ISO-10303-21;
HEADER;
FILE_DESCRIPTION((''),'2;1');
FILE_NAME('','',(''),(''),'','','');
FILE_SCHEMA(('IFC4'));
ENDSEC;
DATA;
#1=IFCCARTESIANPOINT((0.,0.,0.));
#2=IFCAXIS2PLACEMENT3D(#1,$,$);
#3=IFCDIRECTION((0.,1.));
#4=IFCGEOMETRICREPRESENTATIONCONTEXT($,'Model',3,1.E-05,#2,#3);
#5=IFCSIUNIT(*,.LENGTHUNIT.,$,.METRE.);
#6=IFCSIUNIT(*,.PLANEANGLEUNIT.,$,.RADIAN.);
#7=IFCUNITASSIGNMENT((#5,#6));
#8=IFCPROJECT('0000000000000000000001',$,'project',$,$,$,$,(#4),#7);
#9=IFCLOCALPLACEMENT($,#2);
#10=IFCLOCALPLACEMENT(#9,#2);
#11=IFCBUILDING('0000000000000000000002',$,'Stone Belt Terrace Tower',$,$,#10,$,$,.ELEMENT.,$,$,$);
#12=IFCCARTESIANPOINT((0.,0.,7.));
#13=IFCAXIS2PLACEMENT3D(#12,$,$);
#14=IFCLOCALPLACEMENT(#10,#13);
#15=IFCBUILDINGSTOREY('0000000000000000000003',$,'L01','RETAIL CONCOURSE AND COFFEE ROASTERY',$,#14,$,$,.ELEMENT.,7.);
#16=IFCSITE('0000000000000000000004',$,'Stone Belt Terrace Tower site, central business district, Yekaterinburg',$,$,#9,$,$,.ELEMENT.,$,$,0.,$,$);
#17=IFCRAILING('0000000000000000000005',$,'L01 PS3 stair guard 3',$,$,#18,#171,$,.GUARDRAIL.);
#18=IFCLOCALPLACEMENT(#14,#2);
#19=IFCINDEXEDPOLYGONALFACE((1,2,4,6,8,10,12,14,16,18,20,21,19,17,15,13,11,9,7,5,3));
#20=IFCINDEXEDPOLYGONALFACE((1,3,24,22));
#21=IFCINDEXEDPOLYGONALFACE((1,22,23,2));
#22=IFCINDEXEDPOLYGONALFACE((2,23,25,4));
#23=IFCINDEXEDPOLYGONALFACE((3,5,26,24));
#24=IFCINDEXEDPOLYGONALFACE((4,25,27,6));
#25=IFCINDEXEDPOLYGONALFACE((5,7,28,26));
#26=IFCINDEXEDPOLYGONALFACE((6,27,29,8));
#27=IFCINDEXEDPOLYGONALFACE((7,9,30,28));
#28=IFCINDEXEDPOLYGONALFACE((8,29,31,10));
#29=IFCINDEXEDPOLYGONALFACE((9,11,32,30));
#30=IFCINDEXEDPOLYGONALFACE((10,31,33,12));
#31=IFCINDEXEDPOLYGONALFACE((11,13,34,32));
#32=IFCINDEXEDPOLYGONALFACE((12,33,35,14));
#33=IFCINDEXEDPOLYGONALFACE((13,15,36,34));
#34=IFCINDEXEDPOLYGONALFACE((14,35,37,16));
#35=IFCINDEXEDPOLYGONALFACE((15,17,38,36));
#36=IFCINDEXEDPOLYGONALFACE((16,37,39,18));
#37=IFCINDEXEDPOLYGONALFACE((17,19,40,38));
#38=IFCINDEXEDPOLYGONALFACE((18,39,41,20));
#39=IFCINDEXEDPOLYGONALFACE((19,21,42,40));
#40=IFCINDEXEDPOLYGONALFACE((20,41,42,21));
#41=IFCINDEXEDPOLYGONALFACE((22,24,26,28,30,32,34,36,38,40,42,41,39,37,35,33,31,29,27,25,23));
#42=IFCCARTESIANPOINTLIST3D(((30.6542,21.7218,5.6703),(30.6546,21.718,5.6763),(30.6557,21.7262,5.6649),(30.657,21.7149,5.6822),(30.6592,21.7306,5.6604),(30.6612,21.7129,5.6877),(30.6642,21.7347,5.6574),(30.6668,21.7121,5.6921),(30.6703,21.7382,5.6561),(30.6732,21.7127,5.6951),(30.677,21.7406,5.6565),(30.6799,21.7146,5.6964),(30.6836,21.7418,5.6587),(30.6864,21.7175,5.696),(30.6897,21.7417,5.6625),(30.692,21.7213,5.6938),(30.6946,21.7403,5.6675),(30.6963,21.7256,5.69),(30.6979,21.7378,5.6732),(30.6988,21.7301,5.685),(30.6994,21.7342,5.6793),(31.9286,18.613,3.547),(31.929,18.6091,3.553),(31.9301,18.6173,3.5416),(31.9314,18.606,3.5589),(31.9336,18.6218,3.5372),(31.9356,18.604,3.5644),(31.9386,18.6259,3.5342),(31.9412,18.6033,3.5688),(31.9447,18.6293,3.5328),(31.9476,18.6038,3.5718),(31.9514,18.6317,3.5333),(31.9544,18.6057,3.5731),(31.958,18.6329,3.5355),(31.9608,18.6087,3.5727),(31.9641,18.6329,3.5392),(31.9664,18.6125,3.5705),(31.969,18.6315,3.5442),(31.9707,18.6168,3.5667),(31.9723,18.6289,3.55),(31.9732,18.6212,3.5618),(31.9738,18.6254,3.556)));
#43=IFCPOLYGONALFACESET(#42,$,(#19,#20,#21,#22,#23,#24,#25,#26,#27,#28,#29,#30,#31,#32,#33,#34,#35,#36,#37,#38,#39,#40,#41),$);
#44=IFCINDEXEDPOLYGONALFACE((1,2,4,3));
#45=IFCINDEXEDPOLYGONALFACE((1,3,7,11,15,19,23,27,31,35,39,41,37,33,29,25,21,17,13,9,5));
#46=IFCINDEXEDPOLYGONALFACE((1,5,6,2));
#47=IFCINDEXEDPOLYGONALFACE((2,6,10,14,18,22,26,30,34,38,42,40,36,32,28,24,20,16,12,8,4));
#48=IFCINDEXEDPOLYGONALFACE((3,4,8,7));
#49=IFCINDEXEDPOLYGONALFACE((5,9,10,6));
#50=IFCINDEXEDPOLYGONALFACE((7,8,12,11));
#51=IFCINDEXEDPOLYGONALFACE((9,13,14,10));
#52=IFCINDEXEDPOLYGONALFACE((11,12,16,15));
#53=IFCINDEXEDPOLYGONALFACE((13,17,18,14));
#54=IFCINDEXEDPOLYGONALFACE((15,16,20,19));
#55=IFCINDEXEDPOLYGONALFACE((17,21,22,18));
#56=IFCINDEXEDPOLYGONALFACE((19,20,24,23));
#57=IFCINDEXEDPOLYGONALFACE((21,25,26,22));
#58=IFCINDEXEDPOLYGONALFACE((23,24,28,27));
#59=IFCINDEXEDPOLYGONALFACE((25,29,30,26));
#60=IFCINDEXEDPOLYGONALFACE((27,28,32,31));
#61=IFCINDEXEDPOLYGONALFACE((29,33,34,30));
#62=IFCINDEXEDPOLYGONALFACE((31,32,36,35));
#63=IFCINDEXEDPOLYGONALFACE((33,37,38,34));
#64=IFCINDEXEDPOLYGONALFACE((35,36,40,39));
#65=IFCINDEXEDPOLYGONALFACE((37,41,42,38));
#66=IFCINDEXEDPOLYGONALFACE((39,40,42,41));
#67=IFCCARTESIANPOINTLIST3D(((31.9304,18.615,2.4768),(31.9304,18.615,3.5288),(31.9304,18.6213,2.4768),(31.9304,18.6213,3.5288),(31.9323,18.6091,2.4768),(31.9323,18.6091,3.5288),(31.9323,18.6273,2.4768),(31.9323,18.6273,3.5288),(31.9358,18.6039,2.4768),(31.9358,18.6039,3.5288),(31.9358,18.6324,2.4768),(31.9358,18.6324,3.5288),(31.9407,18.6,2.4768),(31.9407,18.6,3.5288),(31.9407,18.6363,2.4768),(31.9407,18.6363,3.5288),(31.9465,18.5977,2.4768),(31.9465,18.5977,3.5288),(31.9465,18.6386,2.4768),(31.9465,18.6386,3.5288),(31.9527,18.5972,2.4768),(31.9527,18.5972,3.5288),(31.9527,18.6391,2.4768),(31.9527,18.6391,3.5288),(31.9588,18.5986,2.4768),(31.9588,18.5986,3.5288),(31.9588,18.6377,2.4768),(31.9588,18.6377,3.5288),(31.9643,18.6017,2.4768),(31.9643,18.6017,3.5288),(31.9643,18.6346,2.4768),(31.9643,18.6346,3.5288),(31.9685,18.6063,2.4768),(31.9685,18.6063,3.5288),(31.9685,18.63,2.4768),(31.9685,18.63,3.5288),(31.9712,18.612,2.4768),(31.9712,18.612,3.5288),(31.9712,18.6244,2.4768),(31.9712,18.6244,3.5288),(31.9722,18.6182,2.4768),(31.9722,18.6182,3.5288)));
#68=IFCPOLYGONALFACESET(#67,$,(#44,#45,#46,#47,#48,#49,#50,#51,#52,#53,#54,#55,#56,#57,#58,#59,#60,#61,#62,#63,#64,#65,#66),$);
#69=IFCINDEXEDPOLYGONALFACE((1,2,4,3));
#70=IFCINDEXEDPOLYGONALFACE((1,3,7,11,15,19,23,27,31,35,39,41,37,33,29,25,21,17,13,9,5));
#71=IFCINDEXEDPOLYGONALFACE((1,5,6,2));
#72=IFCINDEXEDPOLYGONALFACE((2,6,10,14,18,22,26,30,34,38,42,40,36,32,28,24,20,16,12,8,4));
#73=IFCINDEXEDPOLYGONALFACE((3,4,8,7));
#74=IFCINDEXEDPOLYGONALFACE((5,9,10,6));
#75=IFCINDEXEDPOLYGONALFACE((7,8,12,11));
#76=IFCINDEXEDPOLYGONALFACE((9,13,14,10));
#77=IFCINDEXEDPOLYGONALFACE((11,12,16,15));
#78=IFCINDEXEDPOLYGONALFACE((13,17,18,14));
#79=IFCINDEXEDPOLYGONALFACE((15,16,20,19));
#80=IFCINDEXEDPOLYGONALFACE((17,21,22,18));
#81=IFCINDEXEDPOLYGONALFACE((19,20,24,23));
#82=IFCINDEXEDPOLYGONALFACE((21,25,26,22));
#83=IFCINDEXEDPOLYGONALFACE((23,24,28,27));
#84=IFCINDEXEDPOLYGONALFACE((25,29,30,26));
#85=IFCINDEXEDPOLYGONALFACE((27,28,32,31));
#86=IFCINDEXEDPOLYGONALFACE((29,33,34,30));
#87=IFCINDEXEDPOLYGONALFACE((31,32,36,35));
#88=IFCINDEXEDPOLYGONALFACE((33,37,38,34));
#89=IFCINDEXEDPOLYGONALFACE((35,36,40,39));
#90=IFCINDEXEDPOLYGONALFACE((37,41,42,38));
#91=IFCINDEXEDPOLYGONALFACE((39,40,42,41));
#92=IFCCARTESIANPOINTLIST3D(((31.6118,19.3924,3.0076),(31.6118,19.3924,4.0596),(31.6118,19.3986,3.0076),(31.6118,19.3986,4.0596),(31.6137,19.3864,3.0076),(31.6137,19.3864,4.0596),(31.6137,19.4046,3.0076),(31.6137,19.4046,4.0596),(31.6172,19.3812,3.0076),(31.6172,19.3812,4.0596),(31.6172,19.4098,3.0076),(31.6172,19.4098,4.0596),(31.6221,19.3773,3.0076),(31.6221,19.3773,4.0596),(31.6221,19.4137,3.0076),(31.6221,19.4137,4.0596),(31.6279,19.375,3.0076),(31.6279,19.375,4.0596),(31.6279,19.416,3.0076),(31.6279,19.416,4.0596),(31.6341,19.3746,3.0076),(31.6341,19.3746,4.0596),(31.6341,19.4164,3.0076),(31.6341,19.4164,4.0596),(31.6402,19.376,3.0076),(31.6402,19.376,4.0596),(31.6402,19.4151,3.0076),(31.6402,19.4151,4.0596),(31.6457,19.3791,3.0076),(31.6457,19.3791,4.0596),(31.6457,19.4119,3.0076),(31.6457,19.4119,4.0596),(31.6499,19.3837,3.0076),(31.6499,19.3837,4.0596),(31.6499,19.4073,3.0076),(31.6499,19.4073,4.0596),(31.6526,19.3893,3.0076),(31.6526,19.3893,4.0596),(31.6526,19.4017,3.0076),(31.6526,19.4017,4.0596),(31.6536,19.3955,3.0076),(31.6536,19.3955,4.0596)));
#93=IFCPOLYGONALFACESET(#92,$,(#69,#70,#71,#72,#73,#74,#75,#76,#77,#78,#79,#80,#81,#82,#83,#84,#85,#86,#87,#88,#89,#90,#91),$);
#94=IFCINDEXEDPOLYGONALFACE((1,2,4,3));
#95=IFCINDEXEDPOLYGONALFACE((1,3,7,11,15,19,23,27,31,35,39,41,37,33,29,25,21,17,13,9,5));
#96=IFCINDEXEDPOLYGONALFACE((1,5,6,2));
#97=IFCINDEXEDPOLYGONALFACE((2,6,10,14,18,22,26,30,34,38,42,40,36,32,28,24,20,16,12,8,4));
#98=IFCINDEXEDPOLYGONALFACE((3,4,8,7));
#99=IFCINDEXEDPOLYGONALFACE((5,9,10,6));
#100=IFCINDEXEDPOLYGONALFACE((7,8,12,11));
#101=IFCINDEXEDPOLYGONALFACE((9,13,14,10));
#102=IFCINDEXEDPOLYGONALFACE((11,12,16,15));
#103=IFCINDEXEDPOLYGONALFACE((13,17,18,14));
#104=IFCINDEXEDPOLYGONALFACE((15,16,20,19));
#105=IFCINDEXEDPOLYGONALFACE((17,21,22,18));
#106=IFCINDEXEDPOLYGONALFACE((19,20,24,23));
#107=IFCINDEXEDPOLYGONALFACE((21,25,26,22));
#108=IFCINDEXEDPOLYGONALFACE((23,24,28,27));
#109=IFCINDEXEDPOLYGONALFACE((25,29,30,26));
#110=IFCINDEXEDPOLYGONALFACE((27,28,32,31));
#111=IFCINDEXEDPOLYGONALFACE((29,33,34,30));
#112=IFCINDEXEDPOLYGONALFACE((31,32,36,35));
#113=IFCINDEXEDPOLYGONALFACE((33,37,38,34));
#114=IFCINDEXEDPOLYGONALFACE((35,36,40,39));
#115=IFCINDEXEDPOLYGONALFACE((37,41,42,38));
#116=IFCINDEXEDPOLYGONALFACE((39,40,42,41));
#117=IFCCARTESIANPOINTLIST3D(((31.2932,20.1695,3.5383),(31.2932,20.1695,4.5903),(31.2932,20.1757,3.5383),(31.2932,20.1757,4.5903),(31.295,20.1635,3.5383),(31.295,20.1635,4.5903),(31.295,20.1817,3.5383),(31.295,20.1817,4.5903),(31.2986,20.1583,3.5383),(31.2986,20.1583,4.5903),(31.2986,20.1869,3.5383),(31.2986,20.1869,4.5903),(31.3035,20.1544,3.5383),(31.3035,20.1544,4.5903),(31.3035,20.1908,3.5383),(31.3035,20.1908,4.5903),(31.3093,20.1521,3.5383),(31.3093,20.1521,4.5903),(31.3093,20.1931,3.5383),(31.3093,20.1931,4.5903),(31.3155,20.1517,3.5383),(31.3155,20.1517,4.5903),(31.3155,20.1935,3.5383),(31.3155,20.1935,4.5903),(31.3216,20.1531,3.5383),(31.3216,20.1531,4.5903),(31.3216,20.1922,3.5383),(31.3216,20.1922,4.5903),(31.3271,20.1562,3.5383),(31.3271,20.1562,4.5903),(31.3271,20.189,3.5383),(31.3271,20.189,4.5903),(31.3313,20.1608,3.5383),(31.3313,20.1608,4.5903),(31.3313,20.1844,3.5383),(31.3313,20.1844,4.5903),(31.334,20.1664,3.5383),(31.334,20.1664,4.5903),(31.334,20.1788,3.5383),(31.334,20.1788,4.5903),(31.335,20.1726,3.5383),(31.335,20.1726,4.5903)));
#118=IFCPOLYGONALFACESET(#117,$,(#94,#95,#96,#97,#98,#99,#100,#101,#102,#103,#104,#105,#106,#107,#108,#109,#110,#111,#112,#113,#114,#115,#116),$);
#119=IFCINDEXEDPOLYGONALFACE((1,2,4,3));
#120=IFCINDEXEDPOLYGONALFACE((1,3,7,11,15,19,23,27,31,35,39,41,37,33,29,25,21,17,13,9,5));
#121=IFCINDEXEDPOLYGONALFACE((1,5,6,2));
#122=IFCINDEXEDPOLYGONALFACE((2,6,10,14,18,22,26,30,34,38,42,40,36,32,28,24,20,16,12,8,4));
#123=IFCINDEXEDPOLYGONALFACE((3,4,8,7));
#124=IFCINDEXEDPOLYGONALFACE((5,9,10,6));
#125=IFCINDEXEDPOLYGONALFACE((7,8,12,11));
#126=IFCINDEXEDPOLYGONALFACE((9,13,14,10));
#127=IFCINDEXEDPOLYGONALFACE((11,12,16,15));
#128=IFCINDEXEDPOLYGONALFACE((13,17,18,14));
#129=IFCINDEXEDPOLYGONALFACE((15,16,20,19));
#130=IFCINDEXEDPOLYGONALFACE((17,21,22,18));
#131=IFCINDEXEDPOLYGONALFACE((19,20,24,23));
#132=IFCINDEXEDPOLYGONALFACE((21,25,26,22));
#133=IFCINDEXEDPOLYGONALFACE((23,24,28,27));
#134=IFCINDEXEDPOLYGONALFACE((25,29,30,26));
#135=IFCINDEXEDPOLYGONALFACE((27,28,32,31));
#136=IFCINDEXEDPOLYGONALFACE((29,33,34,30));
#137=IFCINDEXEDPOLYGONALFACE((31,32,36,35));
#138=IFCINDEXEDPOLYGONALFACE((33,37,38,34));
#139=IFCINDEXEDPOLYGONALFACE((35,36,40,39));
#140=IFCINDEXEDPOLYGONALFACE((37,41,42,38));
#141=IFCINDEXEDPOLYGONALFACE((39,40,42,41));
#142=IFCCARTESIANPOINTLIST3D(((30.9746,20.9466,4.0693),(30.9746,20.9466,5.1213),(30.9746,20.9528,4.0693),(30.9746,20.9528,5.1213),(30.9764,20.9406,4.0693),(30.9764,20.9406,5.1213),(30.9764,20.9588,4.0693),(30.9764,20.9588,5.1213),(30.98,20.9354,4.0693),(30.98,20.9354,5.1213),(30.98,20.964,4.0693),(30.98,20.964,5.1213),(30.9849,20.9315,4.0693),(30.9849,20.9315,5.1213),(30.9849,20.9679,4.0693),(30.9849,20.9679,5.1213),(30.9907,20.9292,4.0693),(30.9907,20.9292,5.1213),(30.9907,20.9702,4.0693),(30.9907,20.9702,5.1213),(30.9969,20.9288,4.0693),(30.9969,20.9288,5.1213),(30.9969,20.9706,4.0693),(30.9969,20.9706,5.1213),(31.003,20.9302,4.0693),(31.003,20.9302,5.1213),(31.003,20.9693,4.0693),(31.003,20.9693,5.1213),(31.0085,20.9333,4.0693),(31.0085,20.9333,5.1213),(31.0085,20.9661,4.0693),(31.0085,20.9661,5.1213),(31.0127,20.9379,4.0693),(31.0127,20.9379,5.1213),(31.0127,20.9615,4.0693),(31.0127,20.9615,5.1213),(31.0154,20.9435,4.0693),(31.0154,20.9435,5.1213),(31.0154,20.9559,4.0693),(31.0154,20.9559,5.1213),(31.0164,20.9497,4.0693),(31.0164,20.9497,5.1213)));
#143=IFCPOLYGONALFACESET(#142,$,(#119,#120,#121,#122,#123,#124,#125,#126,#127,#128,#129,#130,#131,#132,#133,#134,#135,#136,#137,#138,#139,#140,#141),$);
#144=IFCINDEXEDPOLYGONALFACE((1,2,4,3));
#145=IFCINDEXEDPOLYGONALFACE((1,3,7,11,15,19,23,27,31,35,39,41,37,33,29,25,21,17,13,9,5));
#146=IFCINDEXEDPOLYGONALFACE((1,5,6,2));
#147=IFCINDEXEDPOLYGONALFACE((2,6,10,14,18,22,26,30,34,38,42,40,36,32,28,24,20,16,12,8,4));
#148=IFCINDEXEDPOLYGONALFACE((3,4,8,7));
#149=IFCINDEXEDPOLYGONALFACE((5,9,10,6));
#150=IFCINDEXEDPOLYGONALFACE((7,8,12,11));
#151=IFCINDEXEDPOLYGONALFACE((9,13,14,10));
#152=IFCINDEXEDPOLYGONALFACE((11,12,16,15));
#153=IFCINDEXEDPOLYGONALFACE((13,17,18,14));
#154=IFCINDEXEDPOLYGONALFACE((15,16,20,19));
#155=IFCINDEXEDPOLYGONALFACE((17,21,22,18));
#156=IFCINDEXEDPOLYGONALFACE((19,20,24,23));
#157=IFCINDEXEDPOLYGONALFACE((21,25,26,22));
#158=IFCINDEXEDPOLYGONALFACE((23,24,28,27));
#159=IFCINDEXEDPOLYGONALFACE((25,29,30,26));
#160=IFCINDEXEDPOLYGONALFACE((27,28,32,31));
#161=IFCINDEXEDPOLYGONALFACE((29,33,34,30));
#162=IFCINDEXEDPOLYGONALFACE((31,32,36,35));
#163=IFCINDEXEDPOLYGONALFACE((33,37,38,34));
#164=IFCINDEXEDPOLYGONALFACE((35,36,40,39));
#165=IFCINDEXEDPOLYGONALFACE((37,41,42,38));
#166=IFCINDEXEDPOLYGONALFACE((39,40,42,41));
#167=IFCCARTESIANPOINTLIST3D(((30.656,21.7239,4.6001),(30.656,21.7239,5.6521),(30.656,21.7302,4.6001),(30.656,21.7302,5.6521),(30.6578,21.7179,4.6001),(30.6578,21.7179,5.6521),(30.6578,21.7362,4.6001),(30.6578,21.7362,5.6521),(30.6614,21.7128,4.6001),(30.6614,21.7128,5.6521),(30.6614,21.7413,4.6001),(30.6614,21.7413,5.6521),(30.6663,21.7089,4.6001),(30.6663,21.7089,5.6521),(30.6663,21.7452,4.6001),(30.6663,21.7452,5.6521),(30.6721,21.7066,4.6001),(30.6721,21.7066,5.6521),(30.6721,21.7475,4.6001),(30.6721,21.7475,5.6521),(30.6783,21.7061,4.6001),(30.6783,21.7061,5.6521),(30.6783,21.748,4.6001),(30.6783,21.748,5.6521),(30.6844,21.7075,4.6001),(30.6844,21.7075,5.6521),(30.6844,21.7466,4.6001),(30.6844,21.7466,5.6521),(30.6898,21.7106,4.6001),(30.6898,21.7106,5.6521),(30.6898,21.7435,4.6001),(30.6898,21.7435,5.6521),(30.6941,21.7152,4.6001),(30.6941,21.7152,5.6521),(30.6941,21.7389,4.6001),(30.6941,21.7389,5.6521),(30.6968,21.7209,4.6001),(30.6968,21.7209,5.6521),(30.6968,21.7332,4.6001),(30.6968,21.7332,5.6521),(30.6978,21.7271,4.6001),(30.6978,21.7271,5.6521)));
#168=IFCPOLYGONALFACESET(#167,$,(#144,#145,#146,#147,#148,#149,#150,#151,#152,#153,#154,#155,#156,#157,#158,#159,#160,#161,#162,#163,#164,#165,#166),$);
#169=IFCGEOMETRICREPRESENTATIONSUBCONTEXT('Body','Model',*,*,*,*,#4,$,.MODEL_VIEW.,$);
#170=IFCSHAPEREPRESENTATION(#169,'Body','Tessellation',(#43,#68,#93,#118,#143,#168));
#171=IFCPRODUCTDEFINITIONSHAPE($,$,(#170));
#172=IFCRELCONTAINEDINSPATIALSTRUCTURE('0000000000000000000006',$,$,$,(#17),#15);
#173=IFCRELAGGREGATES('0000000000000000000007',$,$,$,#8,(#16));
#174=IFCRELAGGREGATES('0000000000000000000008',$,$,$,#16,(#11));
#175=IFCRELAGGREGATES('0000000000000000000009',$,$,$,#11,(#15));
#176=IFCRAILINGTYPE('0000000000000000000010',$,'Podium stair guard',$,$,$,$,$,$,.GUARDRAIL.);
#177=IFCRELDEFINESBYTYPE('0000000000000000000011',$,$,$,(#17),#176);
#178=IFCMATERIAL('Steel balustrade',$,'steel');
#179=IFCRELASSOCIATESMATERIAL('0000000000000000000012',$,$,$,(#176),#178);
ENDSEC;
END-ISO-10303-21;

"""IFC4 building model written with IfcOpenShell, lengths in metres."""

from ifc_helpers import new_model, si_unit, direction, frame, origin, origin_2d, place, context, subcontext, project, spatial, circle, extrude, material, type_object, element, save


model = new_model("IFC4")

# Units and contexts
model_context = context("Model", 3, precision=1e-05, world=origin(), true_north=direction((0.0, 1.0)))
body_context = subcontext(model_context, "Body", "Model", "MODEL_VIEW")
ifc_project = project(units=[si_unit("LENGTHUNIT", "METRE"), si_unit("PLANEANGLEUNIT", "RADIAN")], contexts=[model_context])

# Site, building, storey
site_placement = place(None, origin())
site = spatial("IfcSite", under=ifc_project, at=site_placement, Name="Stone Belt Terrace Tower site, central business district, Yekaterinburg", CompositionType="ELEMENT", RefElevation=0.0)
building_placement = place(site_placement, origin())
building = spatial("IfcBuilding", under=site, at=building_placement, Name="Stone Belt Terrace Tower", CompositionType="ELEMENT")
storey_placement = place(building_placement, frame((0.0, 0.0, 7.0)))
storey = spatial("IfcBuildingStorey", under=building, at=storey_placement, Name="L01", Description="RETAIL CONCOURSE AND COFFEE ROASTERY", CompositionType="ELEMENT", Elevation=7.0)

# Railing
ifc_material_1 = material(Name="Steel balustrade", Category="steel")
railing_type_1 = type_object("IfcRailingType", Name="Podium stair guard", PredefinedType="GUARDRAIL", material=ifc_material_1)
railing_1_placement = place(storey_placement, frame((31.9512, 18.6182, 2.4768)))
element("IfcRailing", 1, at=railing_1_placement, inside=storey, type_object=railing_type_1, Name="L01 PS3 stair guard 3", PredefinedType="GUARDRAIL", context=body_context, shape_type="SweptSolid", body=[
    extrude(circle(Radius=0.0239, at=origin_2d()), frame((0.0, 0.0, 1.0762), z_axis=(-0.320637, 0.782183, 0.534211), x_axis=(-0.925276, -0.379295, 0.0)), (0.0, 0.0, 1.0), 3.9746),
    extrude(circle(Radius=0.021, at=origin_2d()), origin(), (0.0, 0.0, 1.0), 1.052),
    extrude(circle(Radius=0.021, at=origin_2d()), frame((-0.3186, 0.7773, 0.5308)), (0.0, 0.0, 1.0), 1.052),
    extrude(circle(Radius=0.021, at=origin_2d()), frame((-0.6372, 1.5544, 1.0615)), (0.0, 0.0, 1.0), 1.052),
    extrude(circle(Radius=0.021, at=origin_2d()), frame((-0.9558, 2.3315, 1.5925)), (0.0, 0.0, 1.0), 1.052),
    extrude(circle(Radius=0.021, at=origin_2d()), frame((-1.2744, 3.1089, 2.1233)), (0.0, 0.0, 1.0), 1.052),
])

save(model, "model.ifc")
